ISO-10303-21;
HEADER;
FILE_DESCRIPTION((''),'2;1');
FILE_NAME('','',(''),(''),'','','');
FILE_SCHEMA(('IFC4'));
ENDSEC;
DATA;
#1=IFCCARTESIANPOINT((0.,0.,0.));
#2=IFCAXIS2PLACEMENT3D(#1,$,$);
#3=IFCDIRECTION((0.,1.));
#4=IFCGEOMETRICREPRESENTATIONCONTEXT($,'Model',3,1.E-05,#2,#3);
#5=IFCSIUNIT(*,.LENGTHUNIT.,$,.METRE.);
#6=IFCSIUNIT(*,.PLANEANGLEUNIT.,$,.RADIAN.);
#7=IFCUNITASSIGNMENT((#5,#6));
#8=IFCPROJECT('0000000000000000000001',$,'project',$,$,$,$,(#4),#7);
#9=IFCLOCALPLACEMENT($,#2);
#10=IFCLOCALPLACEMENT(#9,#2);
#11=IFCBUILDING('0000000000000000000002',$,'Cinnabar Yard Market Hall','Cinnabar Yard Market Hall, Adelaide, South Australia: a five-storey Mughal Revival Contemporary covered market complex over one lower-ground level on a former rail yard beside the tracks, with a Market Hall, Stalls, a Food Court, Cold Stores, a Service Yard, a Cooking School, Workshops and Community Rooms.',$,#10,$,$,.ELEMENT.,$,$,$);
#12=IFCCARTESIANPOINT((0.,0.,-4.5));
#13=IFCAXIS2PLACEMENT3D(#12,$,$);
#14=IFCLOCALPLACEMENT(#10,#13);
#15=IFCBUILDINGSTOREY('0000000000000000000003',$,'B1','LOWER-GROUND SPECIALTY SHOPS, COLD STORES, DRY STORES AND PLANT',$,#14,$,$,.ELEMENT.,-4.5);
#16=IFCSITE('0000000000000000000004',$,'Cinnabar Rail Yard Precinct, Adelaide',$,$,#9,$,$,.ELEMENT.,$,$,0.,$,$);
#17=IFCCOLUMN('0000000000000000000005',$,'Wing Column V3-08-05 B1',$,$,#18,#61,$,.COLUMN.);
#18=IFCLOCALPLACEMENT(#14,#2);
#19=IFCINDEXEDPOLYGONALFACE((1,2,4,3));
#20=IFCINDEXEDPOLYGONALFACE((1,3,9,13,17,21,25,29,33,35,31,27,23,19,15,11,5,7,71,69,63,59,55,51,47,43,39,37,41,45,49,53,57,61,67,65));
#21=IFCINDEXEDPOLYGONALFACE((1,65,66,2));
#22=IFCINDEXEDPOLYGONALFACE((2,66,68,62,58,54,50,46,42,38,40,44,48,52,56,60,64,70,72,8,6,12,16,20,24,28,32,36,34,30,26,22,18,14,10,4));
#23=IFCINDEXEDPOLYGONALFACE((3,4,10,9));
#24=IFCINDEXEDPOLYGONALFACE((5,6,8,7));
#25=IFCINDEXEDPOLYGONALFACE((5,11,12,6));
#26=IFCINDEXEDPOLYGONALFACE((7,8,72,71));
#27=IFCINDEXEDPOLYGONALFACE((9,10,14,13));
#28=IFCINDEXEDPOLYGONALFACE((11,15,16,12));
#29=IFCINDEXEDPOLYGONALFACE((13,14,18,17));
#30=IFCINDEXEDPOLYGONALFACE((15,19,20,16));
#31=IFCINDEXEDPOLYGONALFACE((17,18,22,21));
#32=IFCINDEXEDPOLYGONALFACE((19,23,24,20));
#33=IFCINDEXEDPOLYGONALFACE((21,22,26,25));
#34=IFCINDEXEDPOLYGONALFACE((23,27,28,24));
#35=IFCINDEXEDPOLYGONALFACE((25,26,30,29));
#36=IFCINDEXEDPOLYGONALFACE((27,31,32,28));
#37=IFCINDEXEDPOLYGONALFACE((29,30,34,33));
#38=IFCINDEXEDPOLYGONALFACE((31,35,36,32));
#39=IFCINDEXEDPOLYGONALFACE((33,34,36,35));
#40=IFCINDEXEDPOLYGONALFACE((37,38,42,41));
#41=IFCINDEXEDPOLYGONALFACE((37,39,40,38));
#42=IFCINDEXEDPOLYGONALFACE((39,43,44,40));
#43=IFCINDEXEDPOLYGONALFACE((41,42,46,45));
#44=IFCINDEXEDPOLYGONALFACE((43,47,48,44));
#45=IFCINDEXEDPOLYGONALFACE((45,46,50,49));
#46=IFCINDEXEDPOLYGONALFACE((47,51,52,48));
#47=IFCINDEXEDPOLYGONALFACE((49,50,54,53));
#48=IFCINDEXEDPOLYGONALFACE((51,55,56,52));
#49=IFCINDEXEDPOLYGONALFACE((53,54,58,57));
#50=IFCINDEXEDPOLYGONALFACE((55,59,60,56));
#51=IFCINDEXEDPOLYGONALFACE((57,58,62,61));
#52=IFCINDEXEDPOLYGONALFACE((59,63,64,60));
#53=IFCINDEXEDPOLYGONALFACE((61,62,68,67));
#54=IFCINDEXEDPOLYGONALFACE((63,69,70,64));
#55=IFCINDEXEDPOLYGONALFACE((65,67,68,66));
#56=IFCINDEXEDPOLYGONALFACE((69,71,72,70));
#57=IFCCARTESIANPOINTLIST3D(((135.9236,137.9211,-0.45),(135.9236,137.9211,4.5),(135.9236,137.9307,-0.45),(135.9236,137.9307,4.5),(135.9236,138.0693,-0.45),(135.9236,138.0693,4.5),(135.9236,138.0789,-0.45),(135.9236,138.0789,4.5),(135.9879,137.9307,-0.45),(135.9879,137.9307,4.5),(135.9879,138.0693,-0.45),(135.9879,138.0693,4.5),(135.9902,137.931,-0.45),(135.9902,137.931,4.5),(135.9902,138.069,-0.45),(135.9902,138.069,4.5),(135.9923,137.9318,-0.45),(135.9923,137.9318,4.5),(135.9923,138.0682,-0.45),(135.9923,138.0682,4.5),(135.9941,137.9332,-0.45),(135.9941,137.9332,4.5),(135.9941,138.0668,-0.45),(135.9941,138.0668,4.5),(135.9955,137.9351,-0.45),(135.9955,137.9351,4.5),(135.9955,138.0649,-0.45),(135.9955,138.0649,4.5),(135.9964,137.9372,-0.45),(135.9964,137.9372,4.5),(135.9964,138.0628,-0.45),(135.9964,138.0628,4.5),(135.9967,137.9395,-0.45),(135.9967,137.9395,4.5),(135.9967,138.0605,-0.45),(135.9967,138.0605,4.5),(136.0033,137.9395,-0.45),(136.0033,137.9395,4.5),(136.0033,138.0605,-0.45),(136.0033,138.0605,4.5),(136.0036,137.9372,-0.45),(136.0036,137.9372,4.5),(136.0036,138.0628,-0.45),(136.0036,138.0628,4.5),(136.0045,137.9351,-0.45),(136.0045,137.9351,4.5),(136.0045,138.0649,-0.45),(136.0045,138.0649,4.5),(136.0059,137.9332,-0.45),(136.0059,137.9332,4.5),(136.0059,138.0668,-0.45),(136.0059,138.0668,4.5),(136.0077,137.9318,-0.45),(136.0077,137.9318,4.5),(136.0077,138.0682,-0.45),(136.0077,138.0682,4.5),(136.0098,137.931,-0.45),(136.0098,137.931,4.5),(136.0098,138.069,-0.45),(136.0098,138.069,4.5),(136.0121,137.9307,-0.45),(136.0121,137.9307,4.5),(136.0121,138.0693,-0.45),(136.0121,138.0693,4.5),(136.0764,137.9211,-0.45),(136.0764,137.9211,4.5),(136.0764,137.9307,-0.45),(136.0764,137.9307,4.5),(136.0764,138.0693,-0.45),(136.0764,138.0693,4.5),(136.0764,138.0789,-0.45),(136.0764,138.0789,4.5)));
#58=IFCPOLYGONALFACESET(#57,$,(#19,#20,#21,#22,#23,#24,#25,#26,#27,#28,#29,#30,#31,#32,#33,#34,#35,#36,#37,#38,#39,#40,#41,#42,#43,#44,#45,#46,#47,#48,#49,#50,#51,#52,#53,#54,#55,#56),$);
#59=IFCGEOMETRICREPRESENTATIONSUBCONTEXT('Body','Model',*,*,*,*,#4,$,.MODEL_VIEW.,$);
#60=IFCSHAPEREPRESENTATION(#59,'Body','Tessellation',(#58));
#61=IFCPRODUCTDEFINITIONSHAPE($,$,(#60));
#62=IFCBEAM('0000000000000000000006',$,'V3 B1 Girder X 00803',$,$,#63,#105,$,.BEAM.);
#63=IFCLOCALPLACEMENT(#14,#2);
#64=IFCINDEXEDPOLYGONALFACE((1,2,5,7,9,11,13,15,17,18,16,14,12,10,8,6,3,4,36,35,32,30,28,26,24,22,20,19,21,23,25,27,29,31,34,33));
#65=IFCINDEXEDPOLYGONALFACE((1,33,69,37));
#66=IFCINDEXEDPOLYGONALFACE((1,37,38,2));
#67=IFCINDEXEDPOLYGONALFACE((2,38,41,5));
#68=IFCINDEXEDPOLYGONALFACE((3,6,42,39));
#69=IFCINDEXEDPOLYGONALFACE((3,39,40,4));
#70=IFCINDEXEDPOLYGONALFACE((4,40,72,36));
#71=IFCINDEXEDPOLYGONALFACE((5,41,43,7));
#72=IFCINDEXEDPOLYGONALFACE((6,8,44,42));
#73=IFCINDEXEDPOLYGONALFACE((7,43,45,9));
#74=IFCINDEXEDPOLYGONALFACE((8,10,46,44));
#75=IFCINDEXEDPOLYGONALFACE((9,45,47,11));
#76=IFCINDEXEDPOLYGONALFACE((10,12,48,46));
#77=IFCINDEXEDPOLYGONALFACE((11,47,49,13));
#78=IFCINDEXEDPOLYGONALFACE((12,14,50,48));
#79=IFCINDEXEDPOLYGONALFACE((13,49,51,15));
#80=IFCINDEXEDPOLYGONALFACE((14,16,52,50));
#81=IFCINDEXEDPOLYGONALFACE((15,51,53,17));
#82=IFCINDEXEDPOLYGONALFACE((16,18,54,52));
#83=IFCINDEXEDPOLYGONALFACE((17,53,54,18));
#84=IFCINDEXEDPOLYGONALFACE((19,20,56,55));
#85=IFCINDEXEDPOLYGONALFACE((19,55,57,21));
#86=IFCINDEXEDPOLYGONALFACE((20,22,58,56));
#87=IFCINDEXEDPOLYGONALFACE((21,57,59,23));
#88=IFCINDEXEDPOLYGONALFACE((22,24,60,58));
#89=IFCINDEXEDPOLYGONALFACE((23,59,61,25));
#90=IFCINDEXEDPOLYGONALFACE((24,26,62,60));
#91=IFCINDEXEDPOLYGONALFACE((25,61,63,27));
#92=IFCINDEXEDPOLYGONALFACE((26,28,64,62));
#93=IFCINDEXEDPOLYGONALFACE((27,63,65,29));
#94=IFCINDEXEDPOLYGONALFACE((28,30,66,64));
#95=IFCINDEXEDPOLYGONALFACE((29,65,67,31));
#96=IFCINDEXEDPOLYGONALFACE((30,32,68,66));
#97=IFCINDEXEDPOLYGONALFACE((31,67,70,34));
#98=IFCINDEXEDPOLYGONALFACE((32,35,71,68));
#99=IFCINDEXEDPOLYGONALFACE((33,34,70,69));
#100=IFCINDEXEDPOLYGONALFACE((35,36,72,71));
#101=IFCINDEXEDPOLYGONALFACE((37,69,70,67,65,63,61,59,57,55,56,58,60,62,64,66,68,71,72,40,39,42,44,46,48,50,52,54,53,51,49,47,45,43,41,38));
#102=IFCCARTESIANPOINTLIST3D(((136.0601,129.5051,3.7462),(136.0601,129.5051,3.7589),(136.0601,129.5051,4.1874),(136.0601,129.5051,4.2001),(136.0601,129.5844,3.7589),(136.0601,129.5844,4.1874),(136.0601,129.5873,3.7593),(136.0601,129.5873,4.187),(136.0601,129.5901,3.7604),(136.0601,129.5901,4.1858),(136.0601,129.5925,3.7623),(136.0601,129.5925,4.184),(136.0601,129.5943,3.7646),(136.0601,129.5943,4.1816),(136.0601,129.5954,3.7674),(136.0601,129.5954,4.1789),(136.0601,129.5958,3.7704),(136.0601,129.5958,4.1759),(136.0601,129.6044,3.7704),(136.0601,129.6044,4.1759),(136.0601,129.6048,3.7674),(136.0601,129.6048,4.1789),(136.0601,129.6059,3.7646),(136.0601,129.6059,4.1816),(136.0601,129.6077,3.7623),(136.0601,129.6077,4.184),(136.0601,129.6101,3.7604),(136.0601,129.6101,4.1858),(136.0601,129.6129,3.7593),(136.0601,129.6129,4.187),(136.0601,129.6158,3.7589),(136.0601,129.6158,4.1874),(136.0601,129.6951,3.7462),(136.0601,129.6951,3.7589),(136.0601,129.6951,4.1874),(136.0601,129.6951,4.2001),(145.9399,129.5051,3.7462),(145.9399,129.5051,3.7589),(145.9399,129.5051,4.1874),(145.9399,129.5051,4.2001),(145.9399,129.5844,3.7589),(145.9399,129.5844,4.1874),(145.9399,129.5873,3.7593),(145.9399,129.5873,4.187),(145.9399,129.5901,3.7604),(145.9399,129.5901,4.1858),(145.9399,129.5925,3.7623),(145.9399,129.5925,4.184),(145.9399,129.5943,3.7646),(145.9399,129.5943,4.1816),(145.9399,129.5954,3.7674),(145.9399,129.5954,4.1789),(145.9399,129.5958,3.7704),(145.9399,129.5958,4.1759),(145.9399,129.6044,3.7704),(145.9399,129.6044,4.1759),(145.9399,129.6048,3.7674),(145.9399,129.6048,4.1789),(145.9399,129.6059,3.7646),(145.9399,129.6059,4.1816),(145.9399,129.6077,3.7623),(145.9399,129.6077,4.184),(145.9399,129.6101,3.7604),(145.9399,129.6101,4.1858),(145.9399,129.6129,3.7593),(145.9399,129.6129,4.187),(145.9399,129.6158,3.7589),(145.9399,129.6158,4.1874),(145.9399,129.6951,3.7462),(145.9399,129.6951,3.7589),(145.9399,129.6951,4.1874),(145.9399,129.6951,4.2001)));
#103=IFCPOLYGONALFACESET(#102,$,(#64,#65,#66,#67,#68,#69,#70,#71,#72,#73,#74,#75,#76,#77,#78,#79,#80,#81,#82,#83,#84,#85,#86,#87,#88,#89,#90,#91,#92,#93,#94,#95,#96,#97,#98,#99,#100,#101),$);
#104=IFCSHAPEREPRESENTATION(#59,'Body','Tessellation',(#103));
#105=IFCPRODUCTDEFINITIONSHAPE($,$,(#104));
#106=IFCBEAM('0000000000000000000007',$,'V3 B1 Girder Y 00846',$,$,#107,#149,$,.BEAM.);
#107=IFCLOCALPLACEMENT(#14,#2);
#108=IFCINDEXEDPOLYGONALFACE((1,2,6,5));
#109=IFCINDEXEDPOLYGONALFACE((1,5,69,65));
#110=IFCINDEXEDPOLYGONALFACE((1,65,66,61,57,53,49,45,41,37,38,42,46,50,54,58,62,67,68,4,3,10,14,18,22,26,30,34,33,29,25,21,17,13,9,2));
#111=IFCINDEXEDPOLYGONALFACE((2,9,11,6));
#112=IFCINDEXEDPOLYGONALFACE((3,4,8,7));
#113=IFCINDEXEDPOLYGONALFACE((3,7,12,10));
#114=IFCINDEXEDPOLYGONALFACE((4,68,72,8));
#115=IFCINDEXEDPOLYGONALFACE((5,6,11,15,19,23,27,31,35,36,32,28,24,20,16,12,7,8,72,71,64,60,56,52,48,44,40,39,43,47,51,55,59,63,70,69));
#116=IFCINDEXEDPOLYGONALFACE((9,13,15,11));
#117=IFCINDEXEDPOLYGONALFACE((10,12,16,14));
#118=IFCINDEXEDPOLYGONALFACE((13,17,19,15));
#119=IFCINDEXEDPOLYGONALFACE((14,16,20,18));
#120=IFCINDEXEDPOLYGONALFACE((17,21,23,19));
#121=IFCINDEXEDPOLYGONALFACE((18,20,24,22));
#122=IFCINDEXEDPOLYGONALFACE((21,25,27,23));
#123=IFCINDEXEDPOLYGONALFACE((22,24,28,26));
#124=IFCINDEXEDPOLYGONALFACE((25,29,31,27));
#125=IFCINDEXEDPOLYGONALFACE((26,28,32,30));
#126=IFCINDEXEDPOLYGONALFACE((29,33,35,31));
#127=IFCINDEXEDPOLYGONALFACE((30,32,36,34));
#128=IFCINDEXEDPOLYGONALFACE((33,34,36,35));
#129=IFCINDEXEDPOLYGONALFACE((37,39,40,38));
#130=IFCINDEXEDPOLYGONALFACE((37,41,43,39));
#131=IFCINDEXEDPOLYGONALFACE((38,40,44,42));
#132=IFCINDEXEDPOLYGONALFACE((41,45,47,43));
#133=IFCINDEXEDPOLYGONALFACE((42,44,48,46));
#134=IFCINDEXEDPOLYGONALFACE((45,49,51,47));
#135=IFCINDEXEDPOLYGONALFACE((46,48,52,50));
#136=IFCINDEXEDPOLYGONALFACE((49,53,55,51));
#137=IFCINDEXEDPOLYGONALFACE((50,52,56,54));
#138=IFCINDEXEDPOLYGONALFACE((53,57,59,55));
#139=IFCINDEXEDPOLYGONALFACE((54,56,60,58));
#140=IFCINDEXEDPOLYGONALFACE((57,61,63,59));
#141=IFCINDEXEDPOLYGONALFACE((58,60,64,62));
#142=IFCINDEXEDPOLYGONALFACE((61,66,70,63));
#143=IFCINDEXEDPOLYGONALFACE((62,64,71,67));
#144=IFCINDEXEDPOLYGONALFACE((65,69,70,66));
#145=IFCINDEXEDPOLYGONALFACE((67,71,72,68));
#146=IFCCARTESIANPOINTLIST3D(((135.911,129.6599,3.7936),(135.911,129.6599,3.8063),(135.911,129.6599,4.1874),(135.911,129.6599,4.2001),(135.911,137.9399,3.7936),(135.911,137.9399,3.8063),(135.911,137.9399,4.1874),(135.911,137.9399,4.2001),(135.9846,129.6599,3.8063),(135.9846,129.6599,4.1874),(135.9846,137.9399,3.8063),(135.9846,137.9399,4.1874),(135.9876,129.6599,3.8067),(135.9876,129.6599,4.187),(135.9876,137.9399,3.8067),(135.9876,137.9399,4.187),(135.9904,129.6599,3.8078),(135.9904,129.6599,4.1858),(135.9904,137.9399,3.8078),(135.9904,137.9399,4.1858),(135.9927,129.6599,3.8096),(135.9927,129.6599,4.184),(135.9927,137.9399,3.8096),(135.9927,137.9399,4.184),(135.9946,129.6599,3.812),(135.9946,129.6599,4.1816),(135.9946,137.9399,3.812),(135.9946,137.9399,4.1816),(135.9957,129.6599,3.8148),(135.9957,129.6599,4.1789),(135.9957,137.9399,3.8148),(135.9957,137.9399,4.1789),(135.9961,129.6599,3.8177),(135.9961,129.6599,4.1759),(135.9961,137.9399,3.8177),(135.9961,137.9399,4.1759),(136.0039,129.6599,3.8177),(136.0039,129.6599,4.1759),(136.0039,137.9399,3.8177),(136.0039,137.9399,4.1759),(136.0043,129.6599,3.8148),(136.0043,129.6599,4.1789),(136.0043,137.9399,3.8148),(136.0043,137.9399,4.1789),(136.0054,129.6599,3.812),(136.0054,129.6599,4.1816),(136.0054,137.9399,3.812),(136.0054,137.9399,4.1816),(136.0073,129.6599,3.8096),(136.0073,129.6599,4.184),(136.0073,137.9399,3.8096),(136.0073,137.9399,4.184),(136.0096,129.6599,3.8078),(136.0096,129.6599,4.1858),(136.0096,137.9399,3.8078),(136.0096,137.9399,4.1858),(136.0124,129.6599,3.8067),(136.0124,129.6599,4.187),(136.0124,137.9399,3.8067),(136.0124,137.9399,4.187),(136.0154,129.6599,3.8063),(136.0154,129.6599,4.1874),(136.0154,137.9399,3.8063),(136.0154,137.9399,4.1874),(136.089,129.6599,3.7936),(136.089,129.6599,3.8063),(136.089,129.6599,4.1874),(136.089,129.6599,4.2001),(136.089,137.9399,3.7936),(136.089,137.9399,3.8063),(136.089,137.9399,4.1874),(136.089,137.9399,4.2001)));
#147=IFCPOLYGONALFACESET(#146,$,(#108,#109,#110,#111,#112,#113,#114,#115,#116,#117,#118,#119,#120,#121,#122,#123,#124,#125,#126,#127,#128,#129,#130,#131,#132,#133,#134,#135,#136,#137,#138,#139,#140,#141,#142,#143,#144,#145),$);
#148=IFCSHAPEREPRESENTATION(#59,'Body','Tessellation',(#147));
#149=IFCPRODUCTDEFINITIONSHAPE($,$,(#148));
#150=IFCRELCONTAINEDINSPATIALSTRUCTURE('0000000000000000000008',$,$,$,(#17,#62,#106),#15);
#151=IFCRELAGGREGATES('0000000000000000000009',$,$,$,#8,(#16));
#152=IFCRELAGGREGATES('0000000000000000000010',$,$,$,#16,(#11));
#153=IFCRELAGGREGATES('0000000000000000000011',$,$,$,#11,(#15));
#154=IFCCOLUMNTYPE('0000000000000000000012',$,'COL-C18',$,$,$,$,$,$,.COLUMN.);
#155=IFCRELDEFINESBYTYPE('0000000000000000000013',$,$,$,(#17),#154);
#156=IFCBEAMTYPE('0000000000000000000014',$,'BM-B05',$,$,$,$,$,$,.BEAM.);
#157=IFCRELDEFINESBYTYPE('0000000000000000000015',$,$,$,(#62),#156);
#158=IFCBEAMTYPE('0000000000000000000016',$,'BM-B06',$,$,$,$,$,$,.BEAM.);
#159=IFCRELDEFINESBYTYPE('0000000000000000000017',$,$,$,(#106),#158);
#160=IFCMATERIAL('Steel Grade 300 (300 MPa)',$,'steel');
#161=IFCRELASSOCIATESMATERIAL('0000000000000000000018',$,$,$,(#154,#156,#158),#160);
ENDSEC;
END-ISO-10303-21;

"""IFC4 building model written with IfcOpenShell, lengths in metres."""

from ifc_helpers import new_model, si_unit, direction, frame, origin, origin_2d_with_axis, place, context, subcontext, project, spatial, i_section, extrude, material, material_profile, profile_set, type_object, element, save


model = new_model("IFC4")

# Units and contexts
model_context = context("Model", 3, precision=1e-05, world=origin(), true_north=direction((0.0, 1.0)))
body_context = subcontext(model_context, "Body", "Model", "MODEL_VIEW")
ifc_project = project(units=[si_unit("LENGTHUNIT", "METRE"), si_unit("PLANEANGLEUNIT", "RADIAN")], contexts=[model_context])

# Site, building, storey
site_placement = place(None, origin())
site = spatial("IfcSite", under=ifc_project, at=site_placement, Name="Cinnabar Rail Yard Precinct, Adelaide", CompositionType="ELEMENT", RefElevation=0.0)
building_placement = place(site_placement, origin())
building = spatial("IfcBuilding", under=site, at=building_placement, Name="Cinnabar Yard Market Hall", Description="Cinnabar Yard Market Hall, Adelaide, South Australia: a five-storey Mughal Revival Contemporary covered market complex over one lower-ground level on a former rail yard beside the tracks, with a Market Hall, Stalls, a Food Court, Cold Stores, a Service Yard, a Cooking School, Workshops and Community Rooms.", CompositionType="ELEMENT")
storey_placement = place(building_placement, frame((0.0, 0.0, -4.5)))
storey = spatial("IfcBuildingStorey", under=building, at=storey_placement, Name="B1", Description="LOWER-GROUND SPECIALTY SHOPS, COLD STORES, DRY STORES AND PLANT", CompositionType="ELEMENT", Elevation=-4.5)

# Column
ifc_material_1 = material(Name="Steel Grade 300 (300 MPa)", Category="steel")
ifc_material_profile_1 = material_profile(ifc_material_1, i_section(OverallWidth=0.1528, OverallDepth=0.1577, WebThickness=0.0066, FlangeThickness=0.0095, FilletRadius=0.0088, at=origin_2d_with_axis()), Name="150UC30.0")
ifc_profile_set_1 = profile_set([ifc_material_profile_1], Name="Steel Grade 300 (300 MPa)")
column_type_1 = type_object("IfcColumnType", Name="COL-C18", PredefinedType="COLUMN", material=ifc_profile_set_1)
column_1_placement = place(storey_placement, frame((136.0, 138.0, -0.45), z_axis=(0.0, 0.0, 1.0), x_axis=(1.0, 0.0, 0.0)))
element("IfcColumn", 1, at=column_1_placement, inside=storey, type_object=column_type_1, Name="Wing Column V3-08-05 B1", PredefinedType="COLUMN", context=body_context, shape_type="SweptSolid", body=[
    extrude(i_section(OverallWidth=0.1528, OverallDepth=0.1577, WebThickness=0.0066, FlangeThickness=0.0095, FilletRadius=0.0088, at=origin_2d_with_axis()), origin(), (0.0, 0.0, 1.0), 4.95),
])

# Beams
ifc_material_profile_2 = material_profile(ifc_material_1, i_section(OverallWidth=0.1899, OverallDepth=0.4539, WebThickness=0.0085, FlangeThickness=0.0127, FilletRadius=0.0115, at=origin_2d_with_axis()), Name="460UB67.1")
ifc_profile_set_2 = profile_set([ifc_material_profile_2], Name="Steel Grade 300 (300 MPa)")
beam_type_1 = type_object("IfcBeamType", Name="BM-B05", PredefinedType="BEAM", material=ifc_profile_set_2)
beam_1_placement = place(storey_placement, frame((136.0601, 129.6001, 3.9731), z_axis=(1.0, 0.0, 0.0), x_axis=(0.0, 1.0, 0.0)))
element("IfcBeam", 2, at=beam_1_placement, inside=storey, type_object=beam_type_1, Name="V3 B1 Girder X 00803", PredefinedType="BEAM", context=body_context, shape_type="SweptSolid", body=[
    extrude(i_section(OverallWidth=0.1899, OverallDepth=0.4539, WebThickness=0.0085, FlangeThickness=0.0127, FilletRadius=0.0115, at=origin_2d_with_axis()), origin(), (0.0, 0.0, 1.0), 9.8799),
])
ifc_material_profile_3 = material_profile(ifc_material_1, i_section(OverallWidth=0.178, OverallDepth=0.4065, WebThickness=0.0078, FlangeThickness=0.0127, FilletRadius=0.0115, at=origin_2d_with_axis()), Name="410UB59.7")
ifc_profile_set_3 = profile_set([ifc_material_profile_3], Name="Steel Grade 300 (300 MPa)")
beam_type_2 = type_object("IfcBeamType", Name="BM-B06", PredefinedType="BEAM", material=ifc_profile_set_3)
beam_2_placement = place(storey_placement, frame((136.0, 129.6599, 3.9968), z_axis=(0.0, 1.0, 0.0), x_axis=(-1.0, 0.0, 0.0)))
element("IfcBeam", 3, at=beam_2_placement, inside=storey, type_object=beam_type_2, Name="V3 B1 Girder Y 00846", PredefinedType="BEAM", context=body_context, shape_type="SweptSolid", body=[
    extrude(i_section(OverallWidth=0.178, OverallDepth=0.4065, WebThickness=0.0078, FlangeThickness=0.0127, FilletRadius=0.0115, at=origin_2d_with_axis()), origin(), (0.0, 0.0, 1.0), 8.28),
])

save(model, "model.ifc")
